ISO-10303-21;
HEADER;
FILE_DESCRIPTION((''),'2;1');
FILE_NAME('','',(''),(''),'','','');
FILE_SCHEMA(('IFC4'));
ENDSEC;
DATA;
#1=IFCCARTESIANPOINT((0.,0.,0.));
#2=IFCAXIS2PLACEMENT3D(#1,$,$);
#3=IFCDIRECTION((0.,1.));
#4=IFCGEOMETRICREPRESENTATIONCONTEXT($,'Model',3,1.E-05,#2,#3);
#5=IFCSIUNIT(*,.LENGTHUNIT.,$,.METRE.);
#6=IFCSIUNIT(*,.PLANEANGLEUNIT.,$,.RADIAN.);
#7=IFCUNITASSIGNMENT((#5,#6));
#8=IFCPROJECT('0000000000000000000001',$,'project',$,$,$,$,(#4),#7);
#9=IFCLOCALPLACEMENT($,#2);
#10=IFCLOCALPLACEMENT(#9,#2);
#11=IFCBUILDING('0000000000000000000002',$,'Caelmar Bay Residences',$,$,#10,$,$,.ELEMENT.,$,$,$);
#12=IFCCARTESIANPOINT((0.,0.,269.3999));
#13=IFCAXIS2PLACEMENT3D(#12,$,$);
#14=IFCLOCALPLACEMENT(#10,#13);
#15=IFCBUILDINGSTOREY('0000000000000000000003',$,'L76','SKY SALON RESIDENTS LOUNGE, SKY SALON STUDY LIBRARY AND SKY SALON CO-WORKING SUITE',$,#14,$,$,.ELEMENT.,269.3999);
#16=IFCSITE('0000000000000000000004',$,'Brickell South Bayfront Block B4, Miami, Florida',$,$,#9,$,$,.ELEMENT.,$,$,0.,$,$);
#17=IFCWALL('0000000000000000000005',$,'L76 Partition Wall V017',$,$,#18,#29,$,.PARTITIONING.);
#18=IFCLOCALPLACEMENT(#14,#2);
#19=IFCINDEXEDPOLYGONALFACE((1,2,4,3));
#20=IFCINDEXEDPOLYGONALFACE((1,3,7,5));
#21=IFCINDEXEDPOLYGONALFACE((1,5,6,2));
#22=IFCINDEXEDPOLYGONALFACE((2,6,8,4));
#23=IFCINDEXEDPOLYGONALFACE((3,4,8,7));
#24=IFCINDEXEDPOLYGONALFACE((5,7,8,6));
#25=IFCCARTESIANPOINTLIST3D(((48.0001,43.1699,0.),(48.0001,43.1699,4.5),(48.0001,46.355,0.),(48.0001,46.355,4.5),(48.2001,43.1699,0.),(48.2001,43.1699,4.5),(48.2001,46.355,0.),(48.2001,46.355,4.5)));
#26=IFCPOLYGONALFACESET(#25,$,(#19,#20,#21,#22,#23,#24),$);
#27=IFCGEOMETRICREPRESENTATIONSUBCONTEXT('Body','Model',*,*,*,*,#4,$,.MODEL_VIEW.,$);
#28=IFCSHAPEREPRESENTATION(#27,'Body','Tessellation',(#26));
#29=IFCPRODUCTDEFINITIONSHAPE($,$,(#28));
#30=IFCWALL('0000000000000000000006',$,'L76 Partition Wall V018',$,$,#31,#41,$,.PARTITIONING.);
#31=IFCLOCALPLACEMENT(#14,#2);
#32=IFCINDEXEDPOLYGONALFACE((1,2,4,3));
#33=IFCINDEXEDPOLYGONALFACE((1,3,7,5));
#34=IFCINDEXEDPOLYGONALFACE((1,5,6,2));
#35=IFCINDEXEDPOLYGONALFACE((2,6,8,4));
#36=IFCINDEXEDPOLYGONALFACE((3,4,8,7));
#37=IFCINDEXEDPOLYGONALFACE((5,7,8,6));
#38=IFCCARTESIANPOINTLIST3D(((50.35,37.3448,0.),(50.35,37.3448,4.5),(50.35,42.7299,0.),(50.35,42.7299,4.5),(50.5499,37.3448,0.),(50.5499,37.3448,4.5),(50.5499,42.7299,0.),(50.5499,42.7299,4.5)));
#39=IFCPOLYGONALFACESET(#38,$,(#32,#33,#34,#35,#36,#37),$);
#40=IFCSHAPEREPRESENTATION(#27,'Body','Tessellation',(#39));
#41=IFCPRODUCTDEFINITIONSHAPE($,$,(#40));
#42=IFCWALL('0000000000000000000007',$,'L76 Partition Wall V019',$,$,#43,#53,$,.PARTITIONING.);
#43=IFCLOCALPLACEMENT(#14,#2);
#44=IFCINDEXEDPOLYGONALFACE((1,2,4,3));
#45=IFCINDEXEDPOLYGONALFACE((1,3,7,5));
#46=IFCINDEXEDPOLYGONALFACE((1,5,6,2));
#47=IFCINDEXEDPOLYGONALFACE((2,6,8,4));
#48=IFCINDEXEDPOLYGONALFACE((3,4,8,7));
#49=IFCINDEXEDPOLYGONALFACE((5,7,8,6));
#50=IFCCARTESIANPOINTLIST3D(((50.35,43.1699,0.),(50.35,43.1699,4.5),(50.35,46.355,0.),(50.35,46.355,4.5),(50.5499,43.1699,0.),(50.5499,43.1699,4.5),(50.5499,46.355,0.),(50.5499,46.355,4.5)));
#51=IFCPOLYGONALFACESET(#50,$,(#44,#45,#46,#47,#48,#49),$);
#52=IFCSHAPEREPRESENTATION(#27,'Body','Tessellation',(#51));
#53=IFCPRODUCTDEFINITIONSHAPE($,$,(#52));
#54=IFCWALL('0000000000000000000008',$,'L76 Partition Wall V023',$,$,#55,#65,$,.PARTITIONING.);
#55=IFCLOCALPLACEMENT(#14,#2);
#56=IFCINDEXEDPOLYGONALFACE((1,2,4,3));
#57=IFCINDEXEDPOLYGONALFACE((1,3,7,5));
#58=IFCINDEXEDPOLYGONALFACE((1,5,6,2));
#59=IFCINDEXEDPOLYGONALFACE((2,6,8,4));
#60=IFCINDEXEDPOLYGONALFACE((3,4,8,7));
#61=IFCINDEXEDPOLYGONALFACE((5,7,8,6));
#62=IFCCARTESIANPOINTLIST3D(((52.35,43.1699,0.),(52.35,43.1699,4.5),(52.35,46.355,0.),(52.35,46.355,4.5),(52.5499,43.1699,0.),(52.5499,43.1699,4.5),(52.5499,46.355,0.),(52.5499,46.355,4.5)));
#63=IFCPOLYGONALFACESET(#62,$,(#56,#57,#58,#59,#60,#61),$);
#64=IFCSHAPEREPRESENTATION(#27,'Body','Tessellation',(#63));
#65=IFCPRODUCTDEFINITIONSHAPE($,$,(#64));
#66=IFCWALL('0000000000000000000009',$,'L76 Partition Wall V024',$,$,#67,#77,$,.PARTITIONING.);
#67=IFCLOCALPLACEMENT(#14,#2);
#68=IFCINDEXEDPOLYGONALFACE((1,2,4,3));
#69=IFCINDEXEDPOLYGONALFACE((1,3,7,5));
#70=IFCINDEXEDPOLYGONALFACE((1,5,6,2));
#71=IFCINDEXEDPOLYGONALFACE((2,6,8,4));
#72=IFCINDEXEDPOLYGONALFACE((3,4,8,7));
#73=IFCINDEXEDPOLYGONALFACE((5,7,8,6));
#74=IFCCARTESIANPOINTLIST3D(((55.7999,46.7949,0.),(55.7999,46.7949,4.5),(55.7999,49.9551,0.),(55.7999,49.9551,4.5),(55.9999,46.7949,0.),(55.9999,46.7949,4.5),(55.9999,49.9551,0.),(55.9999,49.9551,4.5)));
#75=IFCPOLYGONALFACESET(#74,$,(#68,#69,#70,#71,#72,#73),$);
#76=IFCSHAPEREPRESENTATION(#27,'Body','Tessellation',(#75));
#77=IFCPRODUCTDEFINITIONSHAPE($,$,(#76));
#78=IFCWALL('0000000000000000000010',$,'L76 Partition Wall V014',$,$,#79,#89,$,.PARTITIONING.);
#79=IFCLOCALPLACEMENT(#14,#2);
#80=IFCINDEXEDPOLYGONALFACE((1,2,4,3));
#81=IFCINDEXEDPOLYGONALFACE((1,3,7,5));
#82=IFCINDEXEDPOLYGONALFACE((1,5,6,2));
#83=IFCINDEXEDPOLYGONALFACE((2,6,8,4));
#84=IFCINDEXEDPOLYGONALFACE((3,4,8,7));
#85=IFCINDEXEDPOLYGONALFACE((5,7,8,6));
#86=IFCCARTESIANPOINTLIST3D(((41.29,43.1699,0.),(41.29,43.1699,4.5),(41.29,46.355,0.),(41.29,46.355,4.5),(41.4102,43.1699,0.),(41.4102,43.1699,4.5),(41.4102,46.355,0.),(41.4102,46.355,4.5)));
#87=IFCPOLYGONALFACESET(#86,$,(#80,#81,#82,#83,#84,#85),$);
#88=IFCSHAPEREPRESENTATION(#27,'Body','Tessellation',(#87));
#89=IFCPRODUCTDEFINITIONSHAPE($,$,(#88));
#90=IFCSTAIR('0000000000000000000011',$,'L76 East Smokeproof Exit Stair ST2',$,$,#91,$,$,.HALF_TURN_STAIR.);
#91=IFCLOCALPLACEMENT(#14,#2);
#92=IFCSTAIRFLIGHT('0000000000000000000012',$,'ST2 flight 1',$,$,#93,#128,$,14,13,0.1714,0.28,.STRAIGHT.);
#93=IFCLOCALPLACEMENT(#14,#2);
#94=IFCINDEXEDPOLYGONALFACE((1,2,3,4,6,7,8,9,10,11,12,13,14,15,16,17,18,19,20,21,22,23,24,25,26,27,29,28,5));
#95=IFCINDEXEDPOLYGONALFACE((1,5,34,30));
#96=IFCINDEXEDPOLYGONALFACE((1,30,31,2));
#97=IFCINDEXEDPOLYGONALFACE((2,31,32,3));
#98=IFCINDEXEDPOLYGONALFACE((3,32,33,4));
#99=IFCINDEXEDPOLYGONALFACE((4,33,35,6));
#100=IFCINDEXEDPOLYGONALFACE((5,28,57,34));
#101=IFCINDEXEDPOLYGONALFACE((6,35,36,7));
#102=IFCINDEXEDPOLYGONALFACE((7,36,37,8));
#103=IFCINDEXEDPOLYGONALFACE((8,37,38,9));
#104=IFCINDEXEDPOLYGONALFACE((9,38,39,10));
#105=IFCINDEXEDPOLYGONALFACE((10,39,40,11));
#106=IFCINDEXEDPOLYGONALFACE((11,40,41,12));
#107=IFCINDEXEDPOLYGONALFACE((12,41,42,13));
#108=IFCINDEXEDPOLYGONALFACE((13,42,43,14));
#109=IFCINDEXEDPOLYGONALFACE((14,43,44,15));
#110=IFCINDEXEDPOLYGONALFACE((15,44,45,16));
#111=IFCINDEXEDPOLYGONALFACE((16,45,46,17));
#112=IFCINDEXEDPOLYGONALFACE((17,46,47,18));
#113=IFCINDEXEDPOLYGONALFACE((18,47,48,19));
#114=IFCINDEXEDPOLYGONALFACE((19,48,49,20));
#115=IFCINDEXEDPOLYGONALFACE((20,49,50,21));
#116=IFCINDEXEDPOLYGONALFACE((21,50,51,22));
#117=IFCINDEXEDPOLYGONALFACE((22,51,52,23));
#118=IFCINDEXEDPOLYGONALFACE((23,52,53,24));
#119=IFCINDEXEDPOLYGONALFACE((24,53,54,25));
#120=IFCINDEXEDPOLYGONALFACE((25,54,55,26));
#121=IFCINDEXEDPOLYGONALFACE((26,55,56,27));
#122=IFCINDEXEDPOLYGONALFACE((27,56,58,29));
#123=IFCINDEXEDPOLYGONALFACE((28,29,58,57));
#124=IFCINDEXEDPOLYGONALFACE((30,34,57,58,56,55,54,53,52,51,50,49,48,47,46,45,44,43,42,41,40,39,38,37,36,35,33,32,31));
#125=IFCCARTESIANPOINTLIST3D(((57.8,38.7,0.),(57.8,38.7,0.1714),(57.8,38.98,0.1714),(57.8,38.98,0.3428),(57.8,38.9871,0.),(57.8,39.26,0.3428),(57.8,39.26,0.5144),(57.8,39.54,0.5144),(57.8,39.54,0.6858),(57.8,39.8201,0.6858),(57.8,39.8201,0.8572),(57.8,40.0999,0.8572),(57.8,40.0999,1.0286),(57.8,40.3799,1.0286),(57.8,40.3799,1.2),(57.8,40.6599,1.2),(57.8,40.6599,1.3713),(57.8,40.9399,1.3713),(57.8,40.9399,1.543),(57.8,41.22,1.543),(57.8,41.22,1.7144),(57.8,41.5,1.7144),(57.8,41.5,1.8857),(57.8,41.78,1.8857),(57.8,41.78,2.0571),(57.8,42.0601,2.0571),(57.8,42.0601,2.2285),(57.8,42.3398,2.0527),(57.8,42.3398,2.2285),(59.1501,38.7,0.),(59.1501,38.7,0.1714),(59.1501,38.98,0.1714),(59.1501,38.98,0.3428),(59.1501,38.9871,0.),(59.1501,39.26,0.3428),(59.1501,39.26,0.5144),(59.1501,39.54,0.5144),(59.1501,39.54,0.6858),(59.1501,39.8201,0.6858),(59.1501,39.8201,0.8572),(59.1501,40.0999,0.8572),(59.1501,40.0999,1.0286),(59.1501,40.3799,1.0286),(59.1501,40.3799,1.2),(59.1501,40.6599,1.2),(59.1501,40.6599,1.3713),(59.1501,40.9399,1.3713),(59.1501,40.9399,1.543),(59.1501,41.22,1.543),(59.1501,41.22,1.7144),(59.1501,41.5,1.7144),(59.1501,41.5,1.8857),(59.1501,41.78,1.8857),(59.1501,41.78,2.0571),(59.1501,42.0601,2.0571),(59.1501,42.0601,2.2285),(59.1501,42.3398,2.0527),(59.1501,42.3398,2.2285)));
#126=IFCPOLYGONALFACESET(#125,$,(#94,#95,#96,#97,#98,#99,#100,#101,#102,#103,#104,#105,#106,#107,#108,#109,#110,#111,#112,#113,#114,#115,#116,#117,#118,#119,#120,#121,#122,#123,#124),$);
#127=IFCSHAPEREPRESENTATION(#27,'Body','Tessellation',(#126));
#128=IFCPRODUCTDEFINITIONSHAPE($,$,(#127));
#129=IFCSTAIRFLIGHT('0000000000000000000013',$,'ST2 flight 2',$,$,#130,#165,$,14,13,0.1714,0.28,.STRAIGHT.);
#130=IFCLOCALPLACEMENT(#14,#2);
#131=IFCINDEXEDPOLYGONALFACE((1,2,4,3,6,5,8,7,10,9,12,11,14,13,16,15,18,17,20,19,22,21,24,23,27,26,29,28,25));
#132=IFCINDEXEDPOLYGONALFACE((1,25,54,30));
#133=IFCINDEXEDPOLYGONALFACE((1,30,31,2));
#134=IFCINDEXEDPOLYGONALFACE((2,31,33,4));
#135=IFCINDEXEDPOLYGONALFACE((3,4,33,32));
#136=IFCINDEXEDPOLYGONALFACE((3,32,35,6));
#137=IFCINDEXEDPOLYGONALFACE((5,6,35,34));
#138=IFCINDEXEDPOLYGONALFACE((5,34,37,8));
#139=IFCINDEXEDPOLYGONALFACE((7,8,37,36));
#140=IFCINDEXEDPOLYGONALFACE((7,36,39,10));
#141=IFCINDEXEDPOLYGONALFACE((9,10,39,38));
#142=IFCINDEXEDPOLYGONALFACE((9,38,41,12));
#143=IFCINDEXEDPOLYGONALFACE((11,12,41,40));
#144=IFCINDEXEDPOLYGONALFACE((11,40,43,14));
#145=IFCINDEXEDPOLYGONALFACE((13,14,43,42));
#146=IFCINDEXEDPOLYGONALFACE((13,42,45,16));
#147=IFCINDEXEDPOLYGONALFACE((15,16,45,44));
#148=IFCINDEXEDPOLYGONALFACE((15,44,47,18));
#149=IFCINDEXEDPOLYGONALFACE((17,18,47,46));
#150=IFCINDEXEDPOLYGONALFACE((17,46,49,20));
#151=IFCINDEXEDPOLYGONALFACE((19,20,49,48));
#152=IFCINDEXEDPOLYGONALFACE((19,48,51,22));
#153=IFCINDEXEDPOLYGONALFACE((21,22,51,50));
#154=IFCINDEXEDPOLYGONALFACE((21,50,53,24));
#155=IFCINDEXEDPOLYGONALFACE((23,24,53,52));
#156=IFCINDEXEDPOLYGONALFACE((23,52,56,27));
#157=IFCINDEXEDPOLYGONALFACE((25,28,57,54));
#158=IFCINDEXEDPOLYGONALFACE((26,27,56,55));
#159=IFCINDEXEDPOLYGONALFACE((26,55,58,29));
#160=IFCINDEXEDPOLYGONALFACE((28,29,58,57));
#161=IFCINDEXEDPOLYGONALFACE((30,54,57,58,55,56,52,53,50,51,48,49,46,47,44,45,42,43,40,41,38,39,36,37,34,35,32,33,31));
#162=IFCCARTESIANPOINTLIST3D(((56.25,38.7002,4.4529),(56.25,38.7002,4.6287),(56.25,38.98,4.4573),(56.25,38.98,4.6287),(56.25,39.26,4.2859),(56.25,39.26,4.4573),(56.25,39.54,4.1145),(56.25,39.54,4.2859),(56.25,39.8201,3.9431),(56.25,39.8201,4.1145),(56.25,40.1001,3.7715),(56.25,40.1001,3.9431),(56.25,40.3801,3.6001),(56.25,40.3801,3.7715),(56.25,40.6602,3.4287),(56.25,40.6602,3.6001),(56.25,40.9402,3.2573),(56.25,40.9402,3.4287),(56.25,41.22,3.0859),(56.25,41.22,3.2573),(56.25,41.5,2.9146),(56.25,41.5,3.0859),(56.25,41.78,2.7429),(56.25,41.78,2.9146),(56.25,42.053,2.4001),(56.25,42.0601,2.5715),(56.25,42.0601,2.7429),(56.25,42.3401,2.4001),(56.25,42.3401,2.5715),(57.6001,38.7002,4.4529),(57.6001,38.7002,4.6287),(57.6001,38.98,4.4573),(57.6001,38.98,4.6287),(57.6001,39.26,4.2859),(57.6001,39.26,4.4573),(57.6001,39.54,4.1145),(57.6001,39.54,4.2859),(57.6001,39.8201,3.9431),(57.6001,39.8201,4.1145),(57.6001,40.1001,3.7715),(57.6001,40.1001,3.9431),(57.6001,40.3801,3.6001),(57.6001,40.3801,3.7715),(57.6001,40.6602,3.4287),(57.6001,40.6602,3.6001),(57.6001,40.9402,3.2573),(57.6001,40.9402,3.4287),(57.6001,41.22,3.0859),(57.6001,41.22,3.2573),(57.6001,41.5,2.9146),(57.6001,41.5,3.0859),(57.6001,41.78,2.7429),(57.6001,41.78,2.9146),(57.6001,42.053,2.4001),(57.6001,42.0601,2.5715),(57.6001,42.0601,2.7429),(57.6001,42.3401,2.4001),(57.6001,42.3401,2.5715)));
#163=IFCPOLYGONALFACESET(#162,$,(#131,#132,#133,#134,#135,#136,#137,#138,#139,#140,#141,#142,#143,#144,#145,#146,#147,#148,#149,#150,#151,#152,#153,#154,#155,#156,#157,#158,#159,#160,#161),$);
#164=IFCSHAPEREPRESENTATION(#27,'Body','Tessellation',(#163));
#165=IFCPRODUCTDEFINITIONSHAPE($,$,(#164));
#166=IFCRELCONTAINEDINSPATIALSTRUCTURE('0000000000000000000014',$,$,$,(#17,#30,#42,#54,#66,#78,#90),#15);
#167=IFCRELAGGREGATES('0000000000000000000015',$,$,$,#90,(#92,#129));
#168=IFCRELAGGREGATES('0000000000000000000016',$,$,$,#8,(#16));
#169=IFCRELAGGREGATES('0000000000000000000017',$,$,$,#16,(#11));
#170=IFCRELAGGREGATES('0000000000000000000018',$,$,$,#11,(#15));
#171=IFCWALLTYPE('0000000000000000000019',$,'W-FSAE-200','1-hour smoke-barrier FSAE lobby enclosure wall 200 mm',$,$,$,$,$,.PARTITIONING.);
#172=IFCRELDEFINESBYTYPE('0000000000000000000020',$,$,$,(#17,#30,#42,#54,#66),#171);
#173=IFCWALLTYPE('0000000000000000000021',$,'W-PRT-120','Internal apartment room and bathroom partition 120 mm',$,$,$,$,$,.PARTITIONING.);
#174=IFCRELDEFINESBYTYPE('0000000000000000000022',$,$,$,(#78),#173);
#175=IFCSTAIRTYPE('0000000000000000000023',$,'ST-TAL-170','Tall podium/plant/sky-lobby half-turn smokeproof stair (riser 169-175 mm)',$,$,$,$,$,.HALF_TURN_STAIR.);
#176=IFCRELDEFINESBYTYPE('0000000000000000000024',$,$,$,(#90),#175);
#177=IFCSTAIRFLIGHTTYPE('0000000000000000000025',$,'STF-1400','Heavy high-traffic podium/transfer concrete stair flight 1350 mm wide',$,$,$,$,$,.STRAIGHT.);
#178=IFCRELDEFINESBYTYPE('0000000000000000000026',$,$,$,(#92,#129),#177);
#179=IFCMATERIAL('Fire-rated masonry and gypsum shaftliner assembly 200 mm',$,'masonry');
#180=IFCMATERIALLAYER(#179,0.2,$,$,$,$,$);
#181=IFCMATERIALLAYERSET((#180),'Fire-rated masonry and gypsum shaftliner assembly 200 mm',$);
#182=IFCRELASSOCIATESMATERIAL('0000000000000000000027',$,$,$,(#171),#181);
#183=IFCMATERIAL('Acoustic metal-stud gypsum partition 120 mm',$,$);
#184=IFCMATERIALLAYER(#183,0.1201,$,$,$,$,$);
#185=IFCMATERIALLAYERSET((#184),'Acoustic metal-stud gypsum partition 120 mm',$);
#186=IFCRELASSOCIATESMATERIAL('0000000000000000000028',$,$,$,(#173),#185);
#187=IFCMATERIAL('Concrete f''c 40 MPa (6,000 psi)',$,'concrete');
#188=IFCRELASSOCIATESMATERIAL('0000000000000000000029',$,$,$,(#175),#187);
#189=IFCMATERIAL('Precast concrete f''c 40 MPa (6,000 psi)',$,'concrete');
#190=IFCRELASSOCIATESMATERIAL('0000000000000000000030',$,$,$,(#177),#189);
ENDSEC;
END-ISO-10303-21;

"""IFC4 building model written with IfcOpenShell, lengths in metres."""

from ifc_helpers import new_model, si_unit, direction, frame, frame_2d, origin, place, context, subcontext, project, spatial, polyline, rectangle, outline, extrude, material, layer, layer_set, type_object, element, aggregate, save


model = new_model("IFC4")

# Units and contexts
model_context = context("Model", 3, precision=1e-05, world=origin(), true_north=direction((0.0, 1.0)))
body_context = subcontext(model_context, "Body", "Model", "MODEL_VIEW")
ifc_project = project(units=[si_unit("LENGTHUNIT", "METRE"), si_unit("PLANEANGLEUNIT", "RADIAN")], contexts=[model_context])

# Site, building, storey
site_placement = place(None, origin())
site = spatial("IfcSite", under=ifc_project, at=site_placement, Name="Brickell South Bayfront Block B4, Miami, Florida", CompositionType="ELEMENT", RefElevation=0.0)
building_placement = place(site_placement, origin())
building = spatial("IfcBuilding", under=site, at=building_placement, Name="Caelmar Bay Residences", CompositionType="ELEMENT")
storey_placement = place(building_placement, frame((0.0, 0.0, 269.3999)))
storey = spatial("IfcBuildingStorey", under=building, at=storey_placement, Name="L76", Description="SKY SALON RESIDENTS LOUNGE, SKY SALON STUDY LIBRARY AND SKY SALON CO-WORKING SUITE", CompositionType="ELEMENT", Elevation=269.3999)

# Walls
ifc_material_1 = material(Name="Fire-rated masonry and gypsum shaftliner assembly 200 mm", Category="masonry")
ifc_layer_1 = layer(ifc_material_1, 0.2)
ifc_layer_set_1 = layer_set([ifc_layer_1], Name="Fire-rated masonry and gypsum shaftliner assembly 200 mm")
wall_type_1 = type_object("IfcWallType", Name="W-FSAE-200", Description="1-hour smoke-barrier FSAE lobby enclosure wall 200 mm", PredefinedType="PARTITIONING", material=ifc_layer_set_1)
wall_1_placement = place(storey_placement, frame((48.1001, 43.1699, 0.0), z_axis=(0.0, 0.0, 1.0), x_axis=(0.0, 1.0, 0.0)))
element("IfcWall", 1, at=wall_1_placement, inside=storey, type_object=wall_type_1, Name="L76 Partition Wall V017", PredefinedType="PARTITIONING", context=body_context, shape_type="SweptSolid", body=[
    extrude(rectangle(XDim=3.1851, YDim=0.2, at=frame_2d((1.5925, 0.0))), origin(), (0.0, 0.0, 1.0), 4.5),
])
wall_2_placement = place(storey_placement, frame((50.45, 37.345, 0.0), z_axis=(0.0, 0.0, 1.0), x_axis=(0.0, 1.0, 0.0)))
element("IfcWall", 2, at=wall_2_placement, inside=storey, type_object=wall_type_1, Name="L76 Partition Wall V018", PredefinedType="PARTITIONING", context=body_context, shape_type="SweptSolid", body=[
    extrude(rectangle(XDim=5.385, YDim=0.2, at=frame_2d((2.6924, 0.0))), origin(), (0.0, 0.0, 1.0), 4.5),
])
for number, where, z_axis, x_axis, name in (
    (3, (50.45, 43.1699, 0.0), (0.0, 0.0, 1.0), (0.0, 1.0, 0.0), "L76 Partition Wall V019"),
    (4, (52.45, 43.1699, 0.0), (0.0, 0.0, 1.0), (0.0, 1.0, 0.0), "L76 Partition Wall V023"),
):
    element("IfcWall", number, at=place(storey_placement, frame(where, z_axis=z_axis, x_axis=x_axis)), inside=storey, type_object=wall_type_1, Name=name, PredefinedType="PARTITIONING", context=body_context, shape_type="SweptSolid", body=[
        extrude(rectangle(XDim=3.1851, YDim=0.2, at=frame_2d((1.5925, 0.0))), origin(), (0.0, 0.0, 1.0), 4.5),
    ])
wall_3_placement = place(storey_placement, frame((55.8999, 46.7949, 0.0), z_axis=(0.0, 0.0, 1.0), x_axis=(0.0, 1.0, 0.0)))
element("IfcWall", 5, at=wall_3_placement, inside=storey, type_object=wall_type_1, Name="L76 Partition Wall V024", PredefinedType="PARTITIONING", context=body_context, shape_type="SweptSolid", body=[
    extrude(rectangle(XDim=3.1602, YDim=0.2, at=frame_2d((1.5801, 0.0))), origin(), (0.0, 0.0, 1.0), 4.5),
])
ifc_material_2 = material(Name="Acoustic metal-stud gypsum partition 120 mm")
ifc_layer_2 = layer(ifc_material_2, 0.1201)
ifc_layer_set_2 = layer_set([ifc_layer_2], Name="Acoustic metal-stud gypsum partition 120 mm")
wall_type_2 = type_object("IfcWallType", Name="W-PRT-120", Description="Internal apartment room and bathroom partition 120 mm", PredefinedType="PARTITIONING", material=ifc_layer_set_2)
wall_4_placement = place(storey_placement, frame((41.3501, 43.1699, 0.0), z_axis=(0.0, 0.0, 1.0), x_axis=(0.0, 1.0, 0.0)))
element("IfcWall", 6, at=wall_4_placement, inside=storey, type_object=wall_type_2, Name="L76 Partition Wall V014", PredefinedType="PARTITIONING", context=body_context, shape_type="SweptSolid", body=[
    extrude(rectangle(XDim=3.1851, YDim=0.1201, at=frame_2d((1.5925, 0.0))), origin(), (0.0, 0.0, 1.0), 4.5),
])

# Stair, stair flights
ifc_material_3 = material(Name="Concrete f'c 40 MPa (6,000 psi)", Category="concrete")
stair_type = type_object("IfcStairType", Name="ST-TAL-170", Description="Tall podium/plant/sky-lobby half-turn smokeproof stair (riser 169-175 mm)", PredefinedType="HALF_TURN_STAIR", material=ifc_material_3)
stair_placement = place(storey_placement, origin())
stair = element("IfcStair", 7, at=stair_placement, inside=storey, type_object=stair_type, Name="L76 East Smokeproof Exit Stair ST2", PredefinedType="HALF_TURN_STAIR")
ifc_material_4 = material(Name="Precast concrete f'c 40 MPa (6,000 psi)", Category="concrete")
stair_flight_type = type_object("IfcStairFlightType", Name="STF-1400", Description="Heavy high-traffic podium/transfer concrete stair flight 1350 mm wide", PredefinedType="STRAIGHT", material=ifc_material_4)
stair_flight_1_placement = place(storey_placement, frame((58.4751, 38.7, 0.0), z_axis=(0.0, 0.0, 1.0), x_axis=(0.0, 1.0, 0.0)))
stair_flight_1 = element("IfcStairFlight", 8, at=stair_flight_1_placement, type_object=stair_flight_type, Name="ST2 flight 1", NumberOfRisers=14, NumberOfTreads=13, PredefinedType="STRAIGHT", RiserHeight=0.1714, TreadLength=0.28, context=body_context, shape_type="SweptSolid", body=[
    extrude(outline(polyline([(0.0, 0.0), (0.0, 0.1714), (0.28, 0.1714), (0.28, 0.3428), (0.5601, 0.3428), (0.5601, 0.5144), (0.8401, 0.5144), (0.8401, 0.6858), (1.1201, 0.6858), (1.1201, 0.8572), (1.3999, 0.8572), (1.3999, 1.0286), (1.6799, 1.0286), (1.6799, 1.2), (1.96, 1.2), (1.96, 1.3713), (2.24, 1.3713), (2.24, 1.543), (2.52, 1.543), (2.52, 1.7144), (2.8, 1.7144), (2.8, 1.8857), (3.0801, 1.8857), (3.0801, 2.0571), (3.3601, 2.0571), (3.3601, 2.2285), (3.6399, 2.2285), (3.6399, 2.3999), (3.6399, 2.0527), (0.2871, 0.0), (0.0, 0.0)])), frame((0.0, 0.675, 0.0), z_axis=(0.0, -1.0, 0.0), x_axis=(1.0, 0.0, 0.0)), (0.0, 0.0, 1.0), 1.3501),
])
stair_flight_2_placement = place(storey_placement, frame((56.925, 42.3401, 2.4001), z_axis=(0.0, 0.0, 1.0), x_axis=(0.0, -1.0, 0.0)))
stair_flight_2 = element("IfcStairFlight", 9, at=stair_flight_2_placement, type_object=stair_flight_type, Name="ST2 flight 2", NumberOfRisers=14, NumberOfTreads=13, PredefinedType="STRAIGHT", RiserHeight=0.1714, TreadLength=0.28, context=body_context, shape_type="SweptSolid", body=[
    extrude(outline(polyline([(0.0, 0.0), (0.0, 0.1714), (0.28, 0.1714), (0.28, 0.3428), (0.5601, 0.3428), (0.5601, 0.5144), (0.8401, 0.5144), (0.8401, 0.6858), (1.1201, 0.6858), (1.1201, 0.8572), (1.3999, 0.8572), (1.3999, 1.0286), (1.6799, 1.0286), (1.6799, 1.2), (1.96, 1.2), (1.96, 1.3713), (2.24, 1.3713), (2.24, 1.543), (2.52, 1.543), (2.52, 1.7144), (2.8, 1.7144), (2.8, 1.8857), (3.0801, 1.8857), (3.0801, 2.0571), (3.3601, 2.0571), (3.3601, 2.2285), (3.6399, 2.2285), (3.6399, 2.3999), (3.6399, 2.0527), (0.2871, 0.0), (0.0, 0.0)])), frame((0.0, 0.675, 0.0), z_axis=(0.0, -1.0, 0.0), x_axis=(1.0, 0.0, 0.0)), (0.0, 0.0, 1.0), 1.3501),
])
aggregate(stair, [stair_flight_1, stair_flight_2])

save(model, "model.ifc")
